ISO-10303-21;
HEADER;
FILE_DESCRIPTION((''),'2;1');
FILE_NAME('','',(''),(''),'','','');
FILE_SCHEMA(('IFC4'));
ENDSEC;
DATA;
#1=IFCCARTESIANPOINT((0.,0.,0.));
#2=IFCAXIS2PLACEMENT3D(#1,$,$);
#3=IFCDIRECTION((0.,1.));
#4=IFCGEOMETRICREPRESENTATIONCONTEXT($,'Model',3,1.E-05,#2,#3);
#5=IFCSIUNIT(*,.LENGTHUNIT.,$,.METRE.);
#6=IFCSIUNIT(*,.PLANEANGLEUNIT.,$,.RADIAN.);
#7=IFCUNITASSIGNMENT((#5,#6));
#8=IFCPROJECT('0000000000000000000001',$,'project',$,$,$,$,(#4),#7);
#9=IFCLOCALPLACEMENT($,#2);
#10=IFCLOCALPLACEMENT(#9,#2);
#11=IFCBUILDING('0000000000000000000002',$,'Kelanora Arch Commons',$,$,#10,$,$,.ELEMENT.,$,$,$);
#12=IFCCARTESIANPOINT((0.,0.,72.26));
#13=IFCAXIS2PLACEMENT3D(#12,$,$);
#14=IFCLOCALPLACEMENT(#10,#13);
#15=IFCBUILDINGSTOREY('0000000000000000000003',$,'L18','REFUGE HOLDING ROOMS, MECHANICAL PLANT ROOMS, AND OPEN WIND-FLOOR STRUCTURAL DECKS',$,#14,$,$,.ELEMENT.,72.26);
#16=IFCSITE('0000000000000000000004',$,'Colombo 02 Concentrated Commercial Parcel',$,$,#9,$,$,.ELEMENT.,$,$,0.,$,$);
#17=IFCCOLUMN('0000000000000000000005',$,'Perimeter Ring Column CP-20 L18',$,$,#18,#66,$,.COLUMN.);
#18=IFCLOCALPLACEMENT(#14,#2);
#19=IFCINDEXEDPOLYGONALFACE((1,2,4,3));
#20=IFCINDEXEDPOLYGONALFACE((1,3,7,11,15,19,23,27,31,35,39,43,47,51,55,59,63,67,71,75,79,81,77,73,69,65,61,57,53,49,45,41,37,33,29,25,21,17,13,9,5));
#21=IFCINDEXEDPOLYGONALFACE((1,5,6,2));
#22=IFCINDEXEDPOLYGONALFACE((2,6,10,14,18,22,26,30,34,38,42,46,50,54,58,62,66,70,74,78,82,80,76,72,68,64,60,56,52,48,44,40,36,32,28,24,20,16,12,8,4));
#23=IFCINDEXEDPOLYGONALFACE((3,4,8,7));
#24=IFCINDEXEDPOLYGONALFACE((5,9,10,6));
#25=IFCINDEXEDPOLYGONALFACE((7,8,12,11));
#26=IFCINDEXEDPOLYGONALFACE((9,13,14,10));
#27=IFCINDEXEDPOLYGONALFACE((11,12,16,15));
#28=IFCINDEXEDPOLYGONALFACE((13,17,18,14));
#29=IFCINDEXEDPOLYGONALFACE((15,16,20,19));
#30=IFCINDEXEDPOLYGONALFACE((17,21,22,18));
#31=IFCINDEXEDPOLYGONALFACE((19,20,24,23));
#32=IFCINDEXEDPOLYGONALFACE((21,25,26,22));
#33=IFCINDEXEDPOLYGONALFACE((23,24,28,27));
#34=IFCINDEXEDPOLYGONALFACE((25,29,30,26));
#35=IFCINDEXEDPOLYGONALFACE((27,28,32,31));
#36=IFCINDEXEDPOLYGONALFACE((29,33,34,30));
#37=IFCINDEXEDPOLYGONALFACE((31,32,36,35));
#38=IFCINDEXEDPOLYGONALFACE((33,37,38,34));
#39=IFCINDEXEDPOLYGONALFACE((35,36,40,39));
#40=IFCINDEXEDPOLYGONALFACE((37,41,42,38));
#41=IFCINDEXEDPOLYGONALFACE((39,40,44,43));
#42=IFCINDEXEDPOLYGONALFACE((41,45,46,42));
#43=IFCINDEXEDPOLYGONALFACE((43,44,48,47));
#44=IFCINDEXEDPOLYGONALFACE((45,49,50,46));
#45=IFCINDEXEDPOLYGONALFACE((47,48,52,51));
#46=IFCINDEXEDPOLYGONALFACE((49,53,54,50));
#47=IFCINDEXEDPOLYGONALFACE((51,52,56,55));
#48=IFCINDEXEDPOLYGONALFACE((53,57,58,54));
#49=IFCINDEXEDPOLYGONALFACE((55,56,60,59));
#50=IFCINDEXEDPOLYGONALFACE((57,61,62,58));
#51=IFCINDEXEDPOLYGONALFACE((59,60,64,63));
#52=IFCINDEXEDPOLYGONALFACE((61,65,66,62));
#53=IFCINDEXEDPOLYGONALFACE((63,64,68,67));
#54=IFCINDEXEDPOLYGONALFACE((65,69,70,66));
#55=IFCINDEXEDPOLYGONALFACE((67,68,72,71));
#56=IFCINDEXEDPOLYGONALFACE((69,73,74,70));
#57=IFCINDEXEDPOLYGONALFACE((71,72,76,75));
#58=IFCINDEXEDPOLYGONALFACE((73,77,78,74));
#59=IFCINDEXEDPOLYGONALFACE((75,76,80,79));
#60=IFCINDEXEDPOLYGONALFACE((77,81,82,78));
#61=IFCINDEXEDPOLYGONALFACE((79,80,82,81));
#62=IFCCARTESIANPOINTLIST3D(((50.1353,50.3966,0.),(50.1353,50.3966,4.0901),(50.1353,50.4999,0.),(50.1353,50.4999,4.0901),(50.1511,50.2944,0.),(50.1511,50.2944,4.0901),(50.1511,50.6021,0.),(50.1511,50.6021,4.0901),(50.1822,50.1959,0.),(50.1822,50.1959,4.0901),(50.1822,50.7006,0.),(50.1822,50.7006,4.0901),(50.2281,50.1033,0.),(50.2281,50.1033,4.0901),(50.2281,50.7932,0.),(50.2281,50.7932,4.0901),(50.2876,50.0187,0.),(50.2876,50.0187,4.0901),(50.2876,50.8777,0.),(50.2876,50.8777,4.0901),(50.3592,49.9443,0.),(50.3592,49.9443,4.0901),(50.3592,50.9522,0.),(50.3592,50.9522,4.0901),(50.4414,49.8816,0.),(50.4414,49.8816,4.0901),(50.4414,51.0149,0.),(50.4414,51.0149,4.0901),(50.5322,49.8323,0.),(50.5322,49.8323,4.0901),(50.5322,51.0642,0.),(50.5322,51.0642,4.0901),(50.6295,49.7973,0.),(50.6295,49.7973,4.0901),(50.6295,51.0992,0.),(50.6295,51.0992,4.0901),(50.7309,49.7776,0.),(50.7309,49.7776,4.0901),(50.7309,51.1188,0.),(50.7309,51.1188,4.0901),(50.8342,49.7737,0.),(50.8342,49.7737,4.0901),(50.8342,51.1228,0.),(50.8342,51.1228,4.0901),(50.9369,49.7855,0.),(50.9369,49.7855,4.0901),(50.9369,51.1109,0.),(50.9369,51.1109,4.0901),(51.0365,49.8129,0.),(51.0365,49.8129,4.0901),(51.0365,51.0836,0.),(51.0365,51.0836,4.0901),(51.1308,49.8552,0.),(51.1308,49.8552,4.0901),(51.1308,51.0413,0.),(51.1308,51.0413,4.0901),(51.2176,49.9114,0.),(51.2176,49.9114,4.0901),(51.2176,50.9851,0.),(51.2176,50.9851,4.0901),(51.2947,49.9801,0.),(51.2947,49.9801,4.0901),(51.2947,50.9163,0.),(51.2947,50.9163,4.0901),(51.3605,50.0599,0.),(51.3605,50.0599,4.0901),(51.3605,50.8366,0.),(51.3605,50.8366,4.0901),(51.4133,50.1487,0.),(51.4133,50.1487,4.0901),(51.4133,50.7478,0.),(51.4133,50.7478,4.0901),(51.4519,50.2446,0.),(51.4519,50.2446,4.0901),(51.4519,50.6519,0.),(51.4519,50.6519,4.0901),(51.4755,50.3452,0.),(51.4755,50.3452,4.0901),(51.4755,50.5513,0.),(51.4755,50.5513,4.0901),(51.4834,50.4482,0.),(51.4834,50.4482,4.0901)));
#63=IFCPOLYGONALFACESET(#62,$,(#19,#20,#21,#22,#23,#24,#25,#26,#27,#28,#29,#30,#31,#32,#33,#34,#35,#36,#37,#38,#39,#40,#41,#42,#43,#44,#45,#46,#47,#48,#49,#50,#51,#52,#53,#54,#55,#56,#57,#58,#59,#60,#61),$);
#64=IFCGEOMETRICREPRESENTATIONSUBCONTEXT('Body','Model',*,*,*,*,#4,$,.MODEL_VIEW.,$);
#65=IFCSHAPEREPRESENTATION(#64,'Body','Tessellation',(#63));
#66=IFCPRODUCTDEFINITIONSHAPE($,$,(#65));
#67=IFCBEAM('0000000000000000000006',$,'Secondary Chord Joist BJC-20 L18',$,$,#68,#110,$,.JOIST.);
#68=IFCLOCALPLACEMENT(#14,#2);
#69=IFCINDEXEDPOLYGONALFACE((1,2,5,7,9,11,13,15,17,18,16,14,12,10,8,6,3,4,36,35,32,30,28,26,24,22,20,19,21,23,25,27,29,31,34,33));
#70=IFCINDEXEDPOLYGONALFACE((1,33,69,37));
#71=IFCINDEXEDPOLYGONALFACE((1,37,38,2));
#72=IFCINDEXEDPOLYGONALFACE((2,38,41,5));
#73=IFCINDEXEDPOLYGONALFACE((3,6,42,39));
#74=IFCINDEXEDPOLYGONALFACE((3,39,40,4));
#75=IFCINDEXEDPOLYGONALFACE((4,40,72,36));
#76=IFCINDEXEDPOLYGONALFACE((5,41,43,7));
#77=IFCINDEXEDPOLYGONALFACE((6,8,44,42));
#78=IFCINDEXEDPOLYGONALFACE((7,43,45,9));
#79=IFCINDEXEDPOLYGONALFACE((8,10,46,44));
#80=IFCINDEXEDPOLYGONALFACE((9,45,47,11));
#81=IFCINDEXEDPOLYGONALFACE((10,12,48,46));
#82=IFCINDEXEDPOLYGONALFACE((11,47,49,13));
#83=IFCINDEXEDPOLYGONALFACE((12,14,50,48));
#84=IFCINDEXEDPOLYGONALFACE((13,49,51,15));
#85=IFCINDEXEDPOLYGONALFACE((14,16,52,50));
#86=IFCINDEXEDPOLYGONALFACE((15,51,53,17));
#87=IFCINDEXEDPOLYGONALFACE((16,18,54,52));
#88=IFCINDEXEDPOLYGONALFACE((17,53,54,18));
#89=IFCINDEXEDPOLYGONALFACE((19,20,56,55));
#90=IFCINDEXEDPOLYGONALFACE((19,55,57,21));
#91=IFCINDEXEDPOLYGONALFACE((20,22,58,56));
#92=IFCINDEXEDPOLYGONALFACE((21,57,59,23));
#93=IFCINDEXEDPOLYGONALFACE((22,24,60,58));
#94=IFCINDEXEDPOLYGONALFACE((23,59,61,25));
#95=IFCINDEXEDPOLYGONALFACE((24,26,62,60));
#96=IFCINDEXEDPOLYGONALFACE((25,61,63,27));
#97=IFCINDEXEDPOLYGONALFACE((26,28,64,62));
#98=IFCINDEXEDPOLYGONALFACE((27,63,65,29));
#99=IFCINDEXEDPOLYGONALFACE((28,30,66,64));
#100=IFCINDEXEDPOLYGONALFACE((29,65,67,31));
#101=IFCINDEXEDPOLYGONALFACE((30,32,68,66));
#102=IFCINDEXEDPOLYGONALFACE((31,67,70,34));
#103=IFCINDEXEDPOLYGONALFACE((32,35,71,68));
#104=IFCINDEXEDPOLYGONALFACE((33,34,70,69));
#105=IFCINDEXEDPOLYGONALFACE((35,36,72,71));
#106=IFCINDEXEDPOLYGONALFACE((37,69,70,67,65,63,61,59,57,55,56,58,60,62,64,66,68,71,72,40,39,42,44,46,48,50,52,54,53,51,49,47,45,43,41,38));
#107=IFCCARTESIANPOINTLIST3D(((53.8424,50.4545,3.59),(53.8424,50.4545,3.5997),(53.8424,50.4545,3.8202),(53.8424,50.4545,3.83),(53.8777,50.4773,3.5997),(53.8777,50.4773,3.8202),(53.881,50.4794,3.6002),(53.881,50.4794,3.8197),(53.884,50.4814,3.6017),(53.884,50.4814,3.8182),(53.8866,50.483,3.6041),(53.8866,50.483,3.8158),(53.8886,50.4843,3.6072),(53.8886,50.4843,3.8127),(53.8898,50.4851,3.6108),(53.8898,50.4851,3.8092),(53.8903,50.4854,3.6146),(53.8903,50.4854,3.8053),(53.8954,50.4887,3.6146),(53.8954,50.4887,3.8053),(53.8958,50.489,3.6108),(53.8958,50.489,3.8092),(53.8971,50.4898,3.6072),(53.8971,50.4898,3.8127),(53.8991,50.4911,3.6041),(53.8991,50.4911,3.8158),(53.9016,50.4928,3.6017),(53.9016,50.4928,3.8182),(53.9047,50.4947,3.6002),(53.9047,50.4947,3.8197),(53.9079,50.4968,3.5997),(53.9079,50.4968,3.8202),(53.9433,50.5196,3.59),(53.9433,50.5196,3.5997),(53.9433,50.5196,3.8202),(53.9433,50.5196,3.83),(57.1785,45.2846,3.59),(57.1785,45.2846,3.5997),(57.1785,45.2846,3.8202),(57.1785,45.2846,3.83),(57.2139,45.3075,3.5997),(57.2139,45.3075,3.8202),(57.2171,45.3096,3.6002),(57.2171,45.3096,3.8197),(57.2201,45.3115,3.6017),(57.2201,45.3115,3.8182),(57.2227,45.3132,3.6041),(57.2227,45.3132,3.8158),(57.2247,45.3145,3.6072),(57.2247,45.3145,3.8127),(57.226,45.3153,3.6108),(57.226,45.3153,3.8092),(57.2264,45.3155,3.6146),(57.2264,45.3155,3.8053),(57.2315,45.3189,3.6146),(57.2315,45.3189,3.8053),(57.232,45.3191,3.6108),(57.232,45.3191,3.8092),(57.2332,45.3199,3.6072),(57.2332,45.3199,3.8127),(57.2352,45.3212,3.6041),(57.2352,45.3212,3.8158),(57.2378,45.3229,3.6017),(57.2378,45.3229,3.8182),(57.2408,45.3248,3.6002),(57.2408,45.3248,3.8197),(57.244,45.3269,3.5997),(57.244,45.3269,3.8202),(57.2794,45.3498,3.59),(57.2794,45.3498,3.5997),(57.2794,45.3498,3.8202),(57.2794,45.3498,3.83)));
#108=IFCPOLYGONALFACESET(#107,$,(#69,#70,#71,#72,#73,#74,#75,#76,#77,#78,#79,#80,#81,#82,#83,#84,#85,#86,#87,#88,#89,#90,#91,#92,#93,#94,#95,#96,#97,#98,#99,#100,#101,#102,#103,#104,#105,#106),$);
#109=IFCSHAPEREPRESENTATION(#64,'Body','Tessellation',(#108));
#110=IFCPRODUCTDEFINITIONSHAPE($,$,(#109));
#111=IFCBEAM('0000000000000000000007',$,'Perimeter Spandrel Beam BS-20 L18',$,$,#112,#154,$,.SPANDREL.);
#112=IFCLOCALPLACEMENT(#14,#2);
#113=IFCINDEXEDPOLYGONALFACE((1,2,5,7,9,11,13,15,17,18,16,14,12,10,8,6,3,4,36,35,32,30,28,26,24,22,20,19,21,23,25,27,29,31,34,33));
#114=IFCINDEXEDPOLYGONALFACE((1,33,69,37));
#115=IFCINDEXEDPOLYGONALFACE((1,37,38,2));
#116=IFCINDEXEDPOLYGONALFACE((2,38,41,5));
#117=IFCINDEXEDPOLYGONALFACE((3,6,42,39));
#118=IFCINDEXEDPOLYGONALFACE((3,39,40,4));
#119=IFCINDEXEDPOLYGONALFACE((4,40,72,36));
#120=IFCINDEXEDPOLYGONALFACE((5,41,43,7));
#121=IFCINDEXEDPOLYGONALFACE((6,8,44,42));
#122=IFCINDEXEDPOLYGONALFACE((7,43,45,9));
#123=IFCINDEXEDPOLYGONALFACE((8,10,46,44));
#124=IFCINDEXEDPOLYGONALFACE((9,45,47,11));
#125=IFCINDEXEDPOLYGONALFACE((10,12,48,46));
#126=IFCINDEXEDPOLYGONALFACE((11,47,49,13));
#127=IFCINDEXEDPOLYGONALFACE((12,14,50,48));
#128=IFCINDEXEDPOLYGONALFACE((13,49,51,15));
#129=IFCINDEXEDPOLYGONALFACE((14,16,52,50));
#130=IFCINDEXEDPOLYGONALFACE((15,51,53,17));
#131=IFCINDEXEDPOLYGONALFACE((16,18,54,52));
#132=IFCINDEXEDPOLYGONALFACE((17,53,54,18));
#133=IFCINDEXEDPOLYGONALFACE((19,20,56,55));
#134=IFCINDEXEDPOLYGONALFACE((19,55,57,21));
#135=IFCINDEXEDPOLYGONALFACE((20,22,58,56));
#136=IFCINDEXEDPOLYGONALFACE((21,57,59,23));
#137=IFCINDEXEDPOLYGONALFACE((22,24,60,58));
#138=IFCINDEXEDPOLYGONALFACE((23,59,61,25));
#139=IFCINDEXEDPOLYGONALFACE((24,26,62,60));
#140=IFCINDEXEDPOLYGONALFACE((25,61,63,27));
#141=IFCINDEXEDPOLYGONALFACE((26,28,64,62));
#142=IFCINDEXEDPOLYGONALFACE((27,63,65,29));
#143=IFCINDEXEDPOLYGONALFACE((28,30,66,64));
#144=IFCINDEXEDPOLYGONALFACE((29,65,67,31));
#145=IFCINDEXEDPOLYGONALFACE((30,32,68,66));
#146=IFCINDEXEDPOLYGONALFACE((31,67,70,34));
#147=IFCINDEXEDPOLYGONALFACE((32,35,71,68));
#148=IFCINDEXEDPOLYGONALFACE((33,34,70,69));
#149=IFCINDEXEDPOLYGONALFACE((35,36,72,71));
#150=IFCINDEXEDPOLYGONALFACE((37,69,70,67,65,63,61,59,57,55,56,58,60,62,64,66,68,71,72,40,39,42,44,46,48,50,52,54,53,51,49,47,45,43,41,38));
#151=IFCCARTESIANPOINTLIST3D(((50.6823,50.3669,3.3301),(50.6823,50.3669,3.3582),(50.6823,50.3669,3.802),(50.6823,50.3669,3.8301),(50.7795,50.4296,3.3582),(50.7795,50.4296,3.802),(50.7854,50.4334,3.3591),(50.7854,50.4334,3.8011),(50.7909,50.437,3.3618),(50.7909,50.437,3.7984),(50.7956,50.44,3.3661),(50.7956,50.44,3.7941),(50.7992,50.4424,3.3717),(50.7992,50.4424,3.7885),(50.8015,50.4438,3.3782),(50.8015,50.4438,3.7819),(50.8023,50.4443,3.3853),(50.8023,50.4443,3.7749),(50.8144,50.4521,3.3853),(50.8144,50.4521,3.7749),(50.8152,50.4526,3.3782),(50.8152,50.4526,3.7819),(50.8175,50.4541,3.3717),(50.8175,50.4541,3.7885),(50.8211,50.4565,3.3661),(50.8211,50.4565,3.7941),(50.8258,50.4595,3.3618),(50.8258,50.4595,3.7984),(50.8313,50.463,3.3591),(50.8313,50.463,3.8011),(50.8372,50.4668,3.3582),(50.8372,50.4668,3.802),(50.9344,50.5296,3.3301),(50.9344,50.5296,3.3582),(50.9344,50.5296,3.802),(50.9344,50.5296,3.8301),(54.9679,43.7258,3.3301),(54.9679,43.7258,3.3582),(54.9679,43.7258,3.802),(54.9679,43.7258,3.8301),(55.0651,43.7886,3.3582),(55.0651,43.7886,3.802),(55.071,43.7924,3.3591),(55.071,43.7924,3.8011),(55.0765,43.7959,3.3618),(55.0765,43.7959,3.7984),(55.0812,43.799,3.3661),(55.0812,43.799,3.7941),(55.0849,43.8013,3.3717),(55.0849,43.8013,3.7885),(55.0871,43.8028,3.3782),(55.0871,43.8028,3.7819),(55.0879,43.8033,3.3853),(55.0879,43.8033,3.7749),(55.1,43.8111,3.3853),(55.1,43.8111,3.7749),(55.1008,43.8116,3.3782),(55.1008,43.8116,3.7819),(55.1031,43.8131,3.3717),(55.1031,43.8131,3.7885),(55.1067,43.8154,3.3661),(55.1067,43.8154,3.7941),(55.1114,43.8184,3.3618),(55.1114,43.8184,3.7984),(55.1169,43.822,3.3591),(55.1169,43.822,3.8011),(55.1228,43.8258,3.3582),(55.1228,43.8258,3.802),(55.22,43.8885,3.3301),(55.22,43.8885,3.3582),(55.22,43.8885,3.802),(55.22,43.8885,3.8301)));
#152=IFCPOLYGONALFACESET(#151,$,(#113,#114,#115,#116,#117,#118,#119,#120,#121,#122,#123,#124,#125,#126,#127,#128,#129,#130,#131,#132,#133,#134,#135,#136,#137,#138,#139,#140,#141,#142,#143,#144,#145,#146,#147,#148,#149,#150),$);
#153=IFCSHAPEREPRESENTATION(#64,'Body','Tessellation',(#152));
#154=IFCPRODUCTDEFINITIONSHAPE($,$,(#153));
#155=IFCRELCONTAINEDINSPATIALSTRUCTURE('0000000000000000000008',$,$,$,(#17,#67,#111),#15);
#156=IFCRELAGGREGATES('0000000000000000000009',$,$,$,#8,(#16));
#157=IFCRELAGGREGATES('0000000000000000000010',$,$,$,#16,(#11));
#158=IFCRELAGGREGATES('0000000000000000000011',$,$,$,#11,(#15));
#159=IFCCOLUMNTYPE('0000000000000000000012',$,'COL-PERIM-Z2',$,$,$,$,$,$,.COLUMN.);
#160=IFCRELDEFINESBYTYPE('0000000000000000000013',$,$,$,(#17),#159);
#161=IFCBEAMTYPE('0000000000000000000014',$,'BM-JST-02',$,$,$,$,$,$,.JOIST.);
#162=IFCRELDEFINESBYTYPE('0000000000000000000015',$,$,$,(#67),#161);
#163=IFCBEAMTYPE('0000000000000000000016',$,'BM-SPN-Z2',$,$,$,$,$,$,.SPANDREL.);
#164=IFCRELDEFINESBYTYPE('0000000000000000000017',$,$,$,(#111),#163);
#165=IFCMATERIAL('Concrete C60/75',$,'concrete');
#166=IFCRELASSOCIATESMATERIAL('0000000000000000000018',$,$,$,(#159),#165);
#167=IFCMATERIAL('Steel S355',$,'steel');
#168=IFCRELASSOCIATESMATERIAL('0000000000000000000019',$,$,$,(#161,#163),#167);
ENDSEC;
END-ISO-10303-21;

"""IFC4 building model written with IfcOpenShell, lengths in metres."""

from ifc_helpers import new_model, si_unit, direction, frame, origin, origin_2d, place, context, subcontext, project, spatial, circle, i_section, extrude, material, material_profile, profile_set, type_object, element, save


model = new_model("IFC4")

# Units and contexts
model_context = context("Model", 3, precision=1e-05, world=origin(), true_north=direction((0.0, 1.0)))
body_context = subcontext(model_context, "Body", "Model", "MODEL_VIEW")
ifc_project = project(units=[si_unit("LENGTHUNIT", "METRE"), si_unit("PLANEANGLEUNIT", "RADIAN")], contexts=[model_context])

# Site, building, storey
site_placement = place(None, origin())
site = spatial("IfcSite", under=ifc_project, at=site_placement, Name="Colombo 02 Concentrated Commercial Parcel", CompositionType="ELEMENT", RefElevation=0.0)
building_placement = place(site_placement, origin())
building = spatial("IfcBuilding", under=site, at=building_placement, Name="Kelanora Arch Commons", CompositionType="ELEMENT")
storey_placement = place(building_placement, frame((0.0, 0.0, 72.26)))
storey = spatial("IfcBuildingStorey", under=building, at=storey_placement, Name="L18", Description="REFUGE HOLDING ROOMS, MECHANICAL PLANT ROOMS, AND OPEN WIND-FLOOR STRUCTURAL DECKS", CompositionType="ELEMENT", Elevation=72.26)

# Column
ifc_material_1 = material(Name="Concrete C60/75", Category="concrete")
ifc_material_profile_1 = material_profile(ifc_material_1, circle(Radius=0.675, at=origin_2d()), Name="RCC1350")
ifc_profile_set_1 = profile_set([ifc_material_profile_1], Name="Concrete C60/75")
column_type = type_object("IfcColumnType", Name="COL-PERIM-Z2", PredefinedType="COLUMN", material=ifc_profile_set_1)
column_placement = place(storey_placement, frame((50.8083, 50.4482, 0.0), z_axis=(0.0, 0.0, 1.0), x_axis=(1.0, 0.0, 0.0)))
element("IfcColumn", 1, at=column_placement, inside=storey, type_object=column_type, Name="Perimeter Ring Column CP-20 L18", PredefinedType="COLUMN", context=body_context, shape_type="SweptSolid", body=[
    extrude(circle(Radius=0.675, at=origin_2d()), origin(), (0.0, 0.0, 1.0), 4.0901),
])

# Beams
ifc_material_2 = material(Name="Steel S355", Category="steel")
ifc_material_profile_2 = material_profile(ifc_material_2, i_section(OverallWidth=0.1201, OverallDepth=0.24, WebThickness=0.0061, FlangeThickness=0.0098, FilletRadius=0.0149, at=origin_2d()), Name="IPE240")
ifc_profile_set_2 = profile_set([ifc_material_profile_2], Name="Steel S355")
beam_type_1 = type_object("IfcBeamType", Name="BM-JST-02", PredefinedType="JOIST", material=ifc_profile_set_2)
beam_1_placement = place(storey_placement, frame((53.8928, 50.4871, 3.71), z_axis=(0.542213, -0.840241, 0.0), x_axis=(0.840241, 0.542213, 0.0)))
element("IfcBeam", 2, at=beam_1_placement, inside=storey, type_object=beam_type_1, Name="Secondary Chord Joist BJC-20 L18", PredefinedType="JOIST", context=body_context, shape_type="SweptSolid", body=[
    extrude(i_section(OverallWidth=0.1201, OverallDepth=0.24, WebThickness=0.0061, FlangeThickness=0.0098, FilletRadius=0.0149, at=origin_2d()), origin(), (0.0, 0.0, 1.0), 6.1528),
])
ifc_material_profile_3 = material_profile(ifc_material_2, i_section(OverallWidth=0.3, OverallDepth=0.5, WebThickness=0.0144, FlangeThickness=0.0281, FilletRadius=0.0271, at=origin_2d()), Name="HEB500")
ifc_profile_set_3 = profile_set([ifc_material_profile_3], Name="Steel S355")
beam_type_2 = type_object("IfcBeamType", Name="BM-SPN-Z2", PredefinedType="SPANDREL", material=ifc_profile_set_3)
beam_2_placement = place(storey_placement, frame((50.8083, 50.4482, 3.5801), z_axis=(0.542221, -0.840236, 0.0), x_axis=(0.840236, 0.542221, 0.0)))
element("IfcBeam", 3, at=beam_2_placement, inside=storey, type_object=beam_type_2, Name="Perimeter Spandrel Beam BS-20 L18", PredefinedType="SPANDREL", context=body_context, shape_type="SweptSolid", body=[
    extrude(i_section(OverallWidth=0.3, OverallDepth=0.5, WebThickness=0.0144, FlangeThickness=0.0281, FilletRadius=0.0271, at=origin_2d()), origin(), (0.0, 0.0, 1.0), 7.9038),
])

save(model, "model.ifc")
